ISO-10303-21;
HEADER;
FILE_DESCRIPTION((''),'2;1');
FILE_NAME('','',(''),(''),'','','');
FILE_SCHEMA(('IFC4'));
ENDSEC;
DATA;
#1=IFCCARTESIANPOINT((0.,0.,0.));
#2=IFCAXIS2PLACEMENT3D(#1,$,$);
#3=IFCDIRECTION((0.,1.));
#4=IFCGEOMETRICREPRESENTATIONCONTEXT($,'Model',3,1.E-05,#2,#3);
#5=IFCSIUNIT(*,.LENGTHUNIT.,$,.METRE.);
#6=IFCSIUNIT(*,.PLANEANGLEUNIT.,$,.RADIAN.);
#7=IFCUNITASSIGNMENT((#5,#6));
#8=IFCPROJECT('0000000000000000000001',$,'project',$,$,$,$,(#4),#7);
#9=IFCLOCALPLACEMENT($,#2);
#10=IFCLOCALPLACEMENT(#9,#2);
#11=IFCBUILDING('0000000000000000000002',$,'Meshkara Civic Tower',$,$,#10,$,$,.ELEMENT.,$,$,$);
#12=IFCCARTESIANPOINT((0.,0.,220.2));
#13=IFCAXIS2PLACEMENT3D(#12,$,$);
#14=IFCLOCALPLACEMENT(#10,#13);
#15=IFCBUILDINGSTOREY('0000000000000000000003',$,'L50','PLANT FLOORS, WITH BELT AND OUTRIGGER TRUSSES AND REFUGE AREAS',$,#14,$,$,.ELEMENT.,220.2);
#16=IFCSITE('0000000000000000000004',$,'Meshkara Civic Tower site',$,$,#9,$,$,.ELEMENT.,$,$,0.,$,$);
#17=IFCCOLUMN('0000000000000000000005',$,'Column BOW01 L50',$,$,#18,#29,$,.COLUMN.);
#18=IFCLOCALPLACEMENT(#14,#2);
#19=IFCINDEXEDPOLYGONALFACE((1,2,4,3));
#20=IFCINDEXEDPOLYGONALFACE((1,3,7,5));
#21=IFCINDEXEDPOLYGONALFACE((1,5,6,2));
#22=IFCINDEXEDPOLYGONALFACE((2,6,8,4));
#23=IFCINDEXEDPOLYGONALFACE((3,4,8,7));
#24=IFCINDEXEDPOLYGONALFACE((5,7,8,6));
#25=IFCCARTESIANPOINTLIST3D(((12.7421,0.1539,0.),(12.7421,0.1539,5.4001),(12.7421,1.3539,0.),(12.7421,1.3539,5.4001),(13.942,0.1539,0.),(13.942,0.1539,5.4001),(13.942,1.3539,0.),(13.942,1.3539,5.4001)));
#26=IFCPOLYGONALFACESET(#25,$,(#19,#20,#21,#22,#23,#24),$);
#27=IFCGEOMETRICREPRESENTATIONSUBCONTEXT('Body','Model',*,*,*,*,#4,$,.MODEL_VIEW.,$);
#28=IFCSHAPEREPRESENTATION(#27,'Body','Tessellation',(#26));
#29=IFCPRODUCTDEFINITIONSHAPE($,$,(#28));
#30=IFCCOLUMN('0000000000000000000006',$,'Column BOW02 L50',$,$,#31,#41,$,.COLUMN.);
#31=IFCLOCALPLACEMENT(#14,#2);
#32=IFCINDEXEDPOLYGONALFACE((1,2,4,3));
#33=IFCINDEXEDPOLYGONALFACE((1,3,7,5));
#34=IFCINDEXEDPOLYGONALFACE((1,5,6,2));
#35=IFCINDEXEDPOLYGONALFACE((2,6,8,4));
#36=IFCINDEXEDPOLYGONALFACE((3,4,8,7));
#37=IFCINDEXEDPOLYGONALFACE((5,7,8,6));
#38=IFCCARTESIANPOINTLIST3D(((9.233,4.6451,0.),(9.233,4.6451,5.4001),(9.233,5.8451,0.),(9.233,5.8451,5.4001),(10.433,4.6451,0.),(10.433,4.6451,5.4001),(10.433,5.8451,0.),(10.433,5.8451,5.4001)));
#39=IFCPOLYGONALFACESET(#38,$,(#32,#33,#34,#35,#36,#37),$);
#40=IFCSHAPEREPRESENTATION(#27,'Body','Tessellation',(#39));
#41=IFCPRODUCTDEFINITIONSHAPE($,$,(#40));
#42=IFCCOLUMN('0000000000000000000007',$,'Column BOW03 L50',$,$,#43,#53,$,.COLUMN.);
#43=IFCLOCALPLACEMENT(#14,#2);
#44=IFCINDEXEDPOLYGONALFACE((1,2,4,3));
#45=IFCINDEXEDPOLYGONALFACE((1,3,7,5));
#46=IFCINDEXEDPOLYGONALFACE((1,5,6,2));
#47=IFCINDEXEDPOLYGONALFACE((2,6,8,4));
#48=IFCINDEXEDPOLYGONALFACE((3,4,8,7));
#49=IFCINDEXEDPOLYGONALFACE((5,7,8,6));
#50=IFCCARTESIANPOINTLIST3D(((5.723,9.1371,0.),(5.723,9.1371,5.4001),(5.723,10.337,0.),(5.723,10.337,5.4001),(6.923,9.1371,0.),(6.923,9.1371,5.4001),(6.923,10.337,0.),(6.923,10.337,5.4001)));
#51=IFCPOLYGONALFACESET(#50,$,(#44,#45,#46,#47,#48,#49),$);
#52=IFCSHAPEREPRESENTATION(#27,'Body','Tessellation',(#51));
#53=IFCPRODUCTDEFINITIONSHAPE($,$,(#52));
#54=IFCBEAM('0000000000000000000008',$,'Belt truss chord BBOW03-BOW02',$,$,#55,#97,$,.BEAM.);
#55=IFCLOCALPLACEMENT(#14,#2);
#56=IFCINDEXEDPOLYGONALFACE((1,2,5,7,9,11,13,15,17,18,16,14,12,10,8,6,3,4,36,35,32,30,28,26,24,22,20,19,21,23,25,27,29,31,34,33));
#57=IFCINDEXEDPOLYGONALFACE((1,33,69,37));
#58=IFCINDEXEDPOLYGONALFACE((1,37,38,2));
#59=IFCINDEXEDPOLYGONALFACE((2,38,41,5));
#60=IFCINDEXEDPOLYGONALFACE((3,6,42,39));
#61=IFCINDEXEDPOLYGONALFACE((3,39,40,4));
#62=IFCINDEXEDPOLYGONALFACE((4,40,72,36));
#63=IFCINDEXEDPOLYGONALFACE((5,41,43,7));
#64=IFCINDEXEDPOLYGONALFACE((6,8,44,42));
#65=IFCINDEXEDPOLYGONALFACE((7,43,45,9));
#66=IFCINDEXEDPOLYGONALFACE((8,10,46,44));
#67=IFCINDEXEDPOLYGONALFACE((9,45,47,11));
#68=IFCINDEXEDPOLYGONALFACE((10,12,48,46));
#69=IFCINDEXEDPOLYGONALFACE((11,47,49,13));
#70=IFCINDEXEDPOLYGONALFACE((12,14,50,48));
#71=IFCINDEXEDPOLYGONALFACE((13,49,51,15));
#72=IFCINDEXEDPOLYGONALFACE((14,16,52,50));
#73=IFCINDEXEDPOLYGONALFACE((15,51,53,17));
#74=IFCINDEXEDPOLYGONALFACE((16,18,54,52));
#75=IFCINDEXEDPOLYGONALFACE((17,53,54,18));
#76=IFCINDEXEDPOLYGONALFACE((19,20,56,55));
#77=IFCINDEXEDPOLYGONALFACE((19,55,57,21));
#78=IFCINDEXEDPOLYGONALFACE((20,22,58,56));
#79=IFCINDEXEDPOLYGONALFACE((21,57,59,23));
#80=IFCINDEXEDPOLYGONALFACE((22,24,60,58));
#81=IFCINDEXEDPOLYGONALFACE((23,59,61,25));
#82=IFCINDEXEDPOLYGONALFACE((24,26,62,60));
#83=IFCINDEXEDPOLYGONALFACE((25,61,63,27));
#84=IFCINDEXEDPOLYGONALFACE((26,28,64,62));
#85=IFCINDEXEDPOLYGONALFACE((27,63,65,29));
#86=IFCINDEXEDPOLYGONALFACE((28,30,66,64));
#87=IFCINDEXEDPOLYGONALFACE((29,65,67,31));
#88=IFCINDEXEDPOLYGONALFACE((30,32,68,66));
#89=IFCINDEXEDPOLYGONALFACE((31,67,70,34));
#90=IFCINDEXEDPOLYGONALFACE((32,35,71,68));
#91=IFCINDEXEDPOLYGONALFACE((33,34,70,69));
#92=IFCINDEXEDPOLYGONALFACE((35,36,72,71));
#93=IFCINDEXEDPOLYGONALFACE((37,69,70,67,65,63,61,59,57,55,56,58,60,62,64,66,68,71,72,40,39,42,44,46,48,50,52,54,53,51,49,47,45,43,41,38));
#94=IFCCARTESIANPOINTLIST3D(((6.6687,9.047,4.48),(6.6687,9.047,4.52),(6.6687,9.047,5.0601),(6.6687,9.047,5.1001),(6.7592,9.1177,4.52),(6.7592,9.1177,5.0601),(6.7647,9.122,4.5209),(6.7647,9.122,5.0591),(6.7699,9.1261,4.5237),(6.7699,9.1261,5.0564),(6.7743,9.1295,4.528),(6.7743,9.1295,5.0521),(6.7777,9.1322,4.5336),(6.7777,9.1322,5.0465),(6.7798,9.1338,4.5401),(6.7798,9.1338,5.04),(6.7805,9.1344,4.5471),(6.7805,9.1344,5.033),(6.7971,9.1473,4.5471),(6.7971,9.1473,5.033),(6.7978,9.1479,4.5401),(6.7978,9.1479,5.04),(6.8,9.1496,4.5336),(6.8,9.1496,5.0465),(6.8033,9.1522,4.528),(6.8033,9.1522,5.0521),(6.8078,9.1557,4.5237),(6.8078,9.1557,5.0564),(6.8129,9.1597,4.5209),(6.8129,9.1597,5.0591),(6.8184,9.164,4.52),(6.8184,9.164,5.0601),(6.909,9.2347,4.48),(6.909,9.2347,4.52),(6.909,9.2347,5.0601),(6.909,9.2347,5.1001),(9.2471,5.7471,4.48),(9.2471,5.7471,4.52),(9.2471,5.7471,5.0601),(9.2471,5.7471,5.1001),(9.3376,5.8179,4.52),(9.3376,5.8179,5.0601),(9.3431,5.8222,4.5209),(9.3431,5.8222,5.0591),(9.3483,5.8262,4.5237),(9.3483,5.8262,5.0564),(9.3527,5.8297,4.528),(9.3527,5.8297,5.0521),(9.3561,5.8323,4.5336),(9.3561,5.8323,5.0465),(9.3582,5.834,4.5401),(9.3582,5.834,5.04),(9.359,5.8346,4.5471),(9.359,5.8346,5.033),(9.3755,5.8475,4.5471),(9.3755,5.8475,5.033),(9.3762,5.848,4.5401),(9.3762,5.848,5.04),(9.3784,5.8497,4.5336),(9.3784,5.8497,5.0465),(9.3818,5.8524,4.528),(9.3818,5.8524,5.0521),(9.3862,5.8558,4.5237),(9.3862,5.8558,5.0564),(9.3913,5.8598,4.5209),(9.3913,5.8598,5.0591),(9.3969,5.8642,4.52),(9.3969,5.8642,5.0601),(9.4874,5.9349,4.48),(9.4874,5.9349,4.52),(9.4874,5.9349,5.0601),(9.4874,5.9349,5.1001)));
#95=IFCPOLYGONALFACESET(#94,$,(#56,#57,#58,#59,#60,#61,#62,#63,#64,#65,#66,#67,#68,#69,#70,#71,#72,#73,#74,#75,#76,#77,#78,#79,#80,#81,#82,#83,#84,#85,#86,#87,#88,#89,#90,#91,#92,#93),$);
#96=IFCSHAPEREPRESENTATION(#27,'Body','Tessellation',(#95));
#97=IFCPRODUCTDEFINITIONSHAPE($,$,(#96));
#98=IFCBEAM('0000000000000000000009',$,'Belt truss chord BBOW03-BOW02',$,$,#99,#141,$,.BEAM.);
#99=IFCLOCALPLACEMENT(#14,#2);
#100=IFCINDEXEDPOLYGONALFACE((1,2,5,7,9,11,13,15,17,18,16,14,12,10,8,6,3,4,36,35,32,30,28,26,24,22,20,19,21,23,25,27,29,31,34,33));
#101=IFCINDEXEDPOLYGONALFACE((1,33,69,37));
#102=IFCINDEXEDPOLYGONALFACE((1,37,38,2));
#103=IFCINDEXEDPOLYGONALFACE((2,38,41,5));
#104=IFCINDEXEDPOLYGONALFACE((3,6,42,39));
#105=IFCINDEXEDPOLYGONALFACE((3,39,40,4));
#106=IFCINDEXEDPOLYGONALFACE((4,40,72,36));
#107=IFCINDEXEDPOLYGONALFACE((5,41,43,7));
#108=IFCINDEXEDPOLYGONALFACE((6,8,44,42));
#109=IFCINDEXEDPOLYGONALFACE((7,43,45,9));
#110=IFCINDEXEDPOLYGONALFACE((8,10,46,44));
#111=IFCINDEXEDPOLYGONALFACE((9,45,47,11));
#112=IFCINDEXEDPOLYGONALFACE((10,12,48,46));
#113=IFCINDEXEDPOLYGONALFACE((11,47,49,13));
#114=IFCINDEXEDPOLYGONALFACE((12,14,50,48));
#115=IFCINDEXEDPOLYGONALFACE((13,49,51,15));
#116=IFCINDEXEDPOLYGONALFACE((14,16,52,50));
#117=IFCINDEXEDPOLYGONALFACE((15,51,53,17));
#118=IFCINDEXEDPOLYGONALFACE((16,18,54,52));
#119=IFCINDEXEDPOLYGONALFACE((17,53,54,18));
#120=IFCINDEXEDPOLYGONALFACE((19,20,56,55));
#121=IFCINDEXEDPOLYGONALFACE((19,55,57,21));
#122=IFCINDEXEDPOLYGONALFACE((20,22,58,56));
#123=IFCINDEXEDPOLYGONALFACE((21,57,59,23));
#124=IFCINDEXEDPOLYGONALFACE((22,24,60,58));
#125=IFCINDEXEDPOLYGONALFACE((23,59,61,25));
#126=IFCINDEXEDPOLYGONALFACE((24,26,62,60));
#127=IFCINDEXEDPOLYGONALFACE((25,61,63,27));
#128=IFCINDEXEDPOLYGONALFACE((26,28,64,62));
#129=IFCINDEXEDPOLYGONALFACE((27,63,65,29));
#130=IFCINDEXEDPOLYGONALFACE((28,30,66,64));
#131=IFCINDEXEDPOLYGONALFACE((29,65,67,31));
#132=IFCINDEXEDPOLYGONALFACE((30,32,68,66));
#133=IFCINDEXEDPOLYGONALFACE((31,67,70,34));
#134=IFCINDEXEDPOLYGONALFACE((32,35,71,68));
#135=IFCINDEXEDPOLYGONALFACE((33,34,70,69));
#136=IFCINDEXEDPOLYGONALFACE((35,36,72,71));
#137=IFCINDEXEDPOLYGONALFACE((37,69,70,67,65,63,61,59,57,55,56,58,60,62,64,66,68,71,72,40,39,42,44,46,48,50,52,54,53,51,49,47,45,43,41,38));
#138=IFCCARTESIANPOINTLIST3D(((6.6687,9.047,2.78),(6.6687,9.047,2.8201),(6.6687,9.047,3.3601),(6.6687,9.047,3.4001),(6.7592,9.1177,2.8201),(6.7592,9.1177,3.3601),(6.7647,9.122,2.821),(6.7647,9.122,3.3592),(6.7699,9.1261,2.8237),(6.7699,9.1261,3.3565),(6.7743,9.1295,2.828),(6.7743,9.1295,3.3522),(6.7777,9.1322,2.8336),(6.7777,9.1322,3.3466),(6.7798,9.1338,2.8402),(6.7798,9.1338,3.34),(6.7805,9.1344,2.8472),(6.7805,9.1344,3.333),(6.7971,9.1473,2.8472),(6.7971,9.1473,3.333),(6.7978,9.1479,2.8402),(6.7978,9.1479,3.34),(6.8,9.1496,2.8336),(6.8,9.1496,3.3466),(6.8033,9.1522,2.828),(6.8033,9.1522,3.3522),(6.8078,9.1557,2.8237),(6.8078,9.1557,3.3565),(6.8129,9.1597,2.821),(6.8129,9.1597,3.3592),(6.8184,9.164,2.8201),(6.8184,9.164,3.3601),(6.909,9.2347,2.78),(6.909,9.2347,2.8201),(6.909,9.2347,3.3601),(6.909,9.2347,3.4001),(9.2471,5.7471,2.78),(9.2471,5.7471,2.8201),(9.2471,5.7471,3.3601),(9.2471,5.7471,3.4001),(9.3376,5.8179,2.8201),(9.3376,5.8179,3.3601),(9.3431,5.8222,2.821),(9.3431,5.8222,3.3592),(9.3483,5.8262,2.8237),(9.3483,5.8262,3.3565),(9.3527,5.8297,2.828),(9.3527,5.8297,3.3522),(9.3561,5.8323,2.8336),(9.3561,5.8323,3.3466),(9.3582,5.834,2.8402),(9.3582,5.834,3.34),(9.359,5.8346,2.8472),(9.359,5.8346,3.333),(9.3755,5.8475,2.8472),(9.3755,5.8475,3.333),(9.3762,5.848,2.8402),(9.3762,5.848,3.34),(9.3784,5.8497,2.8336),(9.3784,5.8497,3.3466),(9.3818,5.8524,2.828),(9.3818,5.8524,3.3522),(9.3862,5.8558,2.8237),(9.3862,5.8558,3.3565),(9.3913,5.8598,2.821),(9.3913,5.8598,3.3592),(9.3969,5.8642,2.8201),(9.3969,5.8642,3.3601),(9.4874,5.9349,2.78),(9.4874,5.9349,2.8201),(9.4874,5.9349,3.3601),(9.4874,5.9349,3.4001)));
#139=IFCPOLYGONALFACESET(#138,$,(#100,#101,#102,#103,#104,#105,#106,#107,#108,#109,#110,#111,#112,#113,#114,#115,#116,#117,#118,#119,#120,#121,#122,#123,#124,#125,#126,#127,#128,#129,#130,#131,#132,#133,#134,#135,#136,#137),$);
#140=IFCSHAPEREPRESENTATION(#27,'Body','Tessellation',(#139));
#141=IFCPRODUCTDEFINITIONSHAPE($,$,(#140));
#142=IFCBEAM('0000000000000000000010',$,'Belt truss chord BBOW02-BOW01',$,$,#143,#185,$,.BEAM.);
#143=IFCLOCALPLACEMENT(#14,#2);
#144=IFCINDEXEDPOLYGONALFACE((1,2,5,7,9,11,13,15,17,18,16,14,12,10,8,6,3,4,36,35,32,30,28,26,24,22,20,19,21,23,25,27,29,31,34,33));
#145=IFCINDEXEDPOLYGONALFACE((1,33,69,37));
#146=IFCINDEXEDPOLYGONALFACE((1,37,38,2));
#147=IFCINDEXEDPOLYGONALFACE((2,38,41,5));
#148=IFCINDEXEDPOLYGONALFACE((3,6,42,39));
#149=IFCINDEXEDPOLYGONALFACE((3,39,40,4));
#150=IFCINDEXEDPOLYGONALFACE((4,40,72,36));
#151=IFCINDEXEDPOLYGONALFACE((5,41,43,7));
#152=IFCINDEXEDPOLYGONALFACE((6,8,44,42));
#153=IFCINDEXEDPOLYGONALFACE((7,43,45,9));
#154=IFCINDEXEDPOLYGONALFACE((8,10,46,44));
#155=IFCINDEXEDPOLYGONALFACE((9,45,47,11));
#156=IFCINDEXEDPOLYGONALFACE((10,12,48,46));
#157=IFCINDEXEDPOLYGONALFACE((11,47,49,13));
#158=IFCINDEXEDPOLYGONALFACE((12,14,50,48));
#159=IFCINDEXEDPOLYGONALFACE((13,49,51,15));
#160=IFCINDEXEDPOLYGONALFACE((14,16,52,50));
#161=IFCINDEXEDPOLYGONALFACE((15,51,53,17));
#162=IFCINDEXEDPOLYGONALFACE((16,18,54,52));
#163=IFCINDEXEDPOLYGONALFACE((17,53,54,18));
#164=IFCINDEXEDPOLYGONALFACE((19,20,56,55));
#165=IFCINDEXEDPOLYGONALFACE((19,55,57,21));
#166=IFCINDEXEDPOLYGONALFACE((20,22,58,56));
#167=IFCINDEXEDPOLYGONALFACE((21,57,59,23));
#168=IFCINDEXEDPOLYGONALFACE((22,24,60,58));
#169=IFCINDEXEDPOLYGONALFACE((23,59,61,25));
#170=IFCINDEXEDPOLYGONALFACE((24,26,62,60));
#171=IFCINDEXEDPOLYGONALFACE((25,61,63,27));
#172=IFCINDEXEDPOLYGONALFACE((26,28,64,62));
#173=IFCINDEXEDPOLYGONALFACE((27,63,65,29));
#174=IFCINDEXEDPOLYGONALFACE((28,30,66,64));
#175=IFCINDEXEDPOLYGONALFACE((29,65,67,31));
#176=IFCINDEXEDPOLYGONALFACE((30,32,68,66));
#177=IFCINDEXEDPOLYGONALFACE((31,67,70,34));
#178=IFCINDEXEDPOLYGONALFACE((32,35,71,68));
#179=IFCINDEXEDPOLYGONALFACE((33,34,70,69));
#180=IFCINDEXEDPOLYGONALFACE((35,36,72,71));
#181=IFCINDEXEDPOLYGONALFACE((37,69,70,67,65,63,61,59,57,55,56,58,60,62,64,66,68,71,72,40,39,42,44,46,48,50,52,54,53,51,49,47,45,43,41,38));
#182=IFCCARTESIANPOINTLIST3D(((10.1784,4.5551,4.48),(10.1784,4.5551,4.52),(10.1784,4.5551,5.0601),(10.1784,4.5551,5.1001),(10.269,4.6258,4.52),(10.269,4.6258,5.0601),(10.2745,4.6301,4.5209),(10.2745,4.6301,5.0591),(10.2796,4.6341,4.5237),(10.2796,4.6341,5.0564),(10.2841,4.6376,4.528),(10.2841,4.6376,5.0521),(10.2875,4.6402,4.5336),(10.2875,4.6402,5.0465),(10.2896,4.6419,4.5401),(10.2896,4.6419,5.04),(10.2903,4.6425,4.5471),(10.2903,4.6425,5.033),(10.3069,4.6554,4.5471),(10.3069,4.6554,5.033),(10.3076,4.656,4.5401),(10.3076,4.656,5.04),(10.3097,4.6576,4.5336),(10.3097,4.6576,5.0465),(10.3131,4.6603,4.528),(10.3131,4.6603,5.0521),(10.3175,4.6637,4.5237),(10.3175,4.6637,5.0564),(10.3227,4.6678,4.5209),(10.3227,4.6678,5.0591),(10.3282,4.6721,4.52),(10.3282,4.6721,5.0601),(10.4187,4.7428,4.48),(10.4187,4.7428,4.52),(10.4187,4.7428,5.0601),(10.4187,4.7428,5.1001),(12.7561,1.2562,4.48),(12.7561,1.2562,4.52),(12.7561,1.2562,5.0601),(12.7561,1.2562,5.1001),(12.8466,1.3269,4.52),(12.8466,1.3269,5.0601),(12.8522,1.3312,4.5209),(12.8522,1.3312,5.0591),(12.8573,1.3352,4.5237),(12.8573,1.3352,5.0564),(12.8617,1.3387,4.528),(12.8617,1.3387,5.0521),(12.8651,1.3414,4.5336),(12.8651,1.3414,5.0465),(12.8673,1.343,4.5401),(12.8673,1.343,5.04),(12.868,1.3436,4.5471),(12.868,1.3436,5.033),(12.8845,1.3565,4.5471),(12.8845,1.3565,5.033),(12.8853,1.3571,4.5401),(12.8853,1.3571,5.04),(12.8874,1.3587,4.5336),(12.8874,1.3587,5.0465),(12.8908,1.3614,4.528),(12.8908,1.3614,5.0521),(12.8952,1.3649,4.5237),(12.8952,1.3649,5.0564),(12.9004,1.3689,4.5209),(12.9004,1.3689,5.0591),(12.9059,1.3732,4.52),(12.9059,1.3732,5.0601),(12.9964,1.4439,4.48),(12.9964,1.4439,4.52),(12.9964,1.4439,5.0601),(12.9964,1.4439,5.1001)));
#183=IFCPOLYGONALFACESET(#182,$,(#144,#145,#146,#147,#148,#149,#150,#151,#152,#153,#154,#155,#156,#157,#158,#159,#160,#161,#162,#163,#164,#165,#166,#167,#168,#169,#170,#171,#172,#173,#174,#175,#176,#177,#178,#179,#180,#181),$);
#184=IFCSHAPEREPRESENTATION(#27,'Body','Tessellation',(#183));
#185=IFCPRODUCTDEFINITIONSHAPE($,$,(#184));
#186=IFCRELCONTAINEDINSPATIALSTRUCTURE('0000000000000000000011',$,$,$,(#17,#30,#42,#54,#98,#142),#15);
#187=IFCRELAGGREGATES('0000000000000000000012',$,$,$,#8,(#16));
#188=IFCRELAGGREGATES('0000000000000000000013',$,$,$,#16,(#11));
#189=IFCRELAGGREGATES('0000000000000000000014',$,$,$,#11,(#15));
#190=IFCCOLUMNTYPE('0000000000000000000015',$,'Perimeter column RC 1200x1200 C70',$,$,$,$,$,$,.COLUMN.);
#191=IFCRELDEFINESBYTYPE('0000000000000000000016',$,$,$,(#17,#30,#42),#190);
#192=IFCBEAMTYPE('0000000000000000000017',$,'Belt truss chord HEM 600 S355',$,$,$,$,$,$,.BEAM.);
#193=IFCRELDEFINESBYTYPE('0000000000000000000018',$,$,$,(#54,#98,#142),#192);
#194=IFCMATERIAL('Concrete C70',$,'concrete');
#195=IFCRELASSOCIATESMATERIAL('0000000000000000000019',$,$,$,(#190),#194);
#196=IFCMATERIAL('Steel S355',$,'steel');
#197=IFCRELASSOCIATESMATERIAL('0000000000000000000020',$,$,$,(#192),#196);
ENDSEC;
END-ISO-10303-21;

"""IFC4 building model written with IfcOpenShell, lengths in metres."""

from ifc_helpers import new_model, si_unit, direction, frame, origin, origin_2d, place, context, subcontext, project, spatial, rectangle, i_section, extrude, material, material_profile, profile_set, type_object, element, save


model = new_model("IFC4")

# Units and contexts
model_context = context("Model", 3, precision=1e-05, world=origin(), true_north=direction((0.0, 1.0)))
body_context = subcontext(model_context, "Body", "Model", "MODEL_VIEW")
ifc_project = project(units=[si_unit("LENGTHUNIT", "METRE"), si_unit("PLANEANGLEUNIT", "RADIAN")], contexts=[model_context])

# Site, building, storey
site_placement = place(None, origin())
site = spatial("IfcSite", under=ifc_project, at=site_placement, Name="Meshkara Civic Tower site", CompositionType="ELEMENT", RefElevation=0.0)
building_placement = place(site_placement, origin())
building = spatial("IfcBuilding", under=site, at=building_placement, Name="Meshkara Civic Tower", CompositionType="ELEMENT")
storey_placement = place(building_placement, frame((0.0, 0.0, 220.2)))
storey = spatial("IfcBuildingStorey", under=building, at=storey_placement, Name="L50", Description="PLANT FLOORS, WITH BELT AND OUTRIGGER TRUSSES AND REFUGE AREAS", CompositionType="ELEMENT", Elevation=220.2)

# Columns
ifc_material_1 = material(Name="Concrete C70", Category="concrete")
ifc_material_profile_1 = material_profile(ifc_material_1, rectangle(XDim=1.2, YDim=1.2, at=origin_2d()))
ifc_profile_set_1 = profile_set([ifc_material_profile_1], Name="Concrete C70")
column_type = type_object("IfcColumnType", Name="Perimeter column RC 1200x1200 C70", PredefinedType="COLUMN", material=ifc_profile_set_1)
for number, where, z_axis, x_axis, name in (
    (1, (13.342, 0.7539, 0.0), (0.0, 0.0, 1.0), (1.0, 0.0, 0.0), "Column BOW01 L50"),
    (2, (9.833, 5.2451, 0.0), (0.0, 0.0, 1.0), (1.0, 0.0, 0.0), "Column BOW02 L50"),
    (3, (6.323, 9.7371, 0.0), (0.0, 0.0, 1.0), (1.0, 0.0, 0.0), "Column BOW03 L50"),
):
    element("IfcColumn", number, at=place(storey_placement, frame(where, z_axis=z_axis, x_axis=x_axis)), inside=storey, type_object=column_type, Name=name, PredefinedType="COLUMN", context=body_context, shape_type="SweptSolid", body=[
        extrude(rectangle(XDim=1.2, YDim=1.2, at=origin_2d()), origin(), (0.0, 0.0, 1.0), 5.4001),
    ])

# Beams
ifc_material_2 = material(Name="Steel S355", Category="steel")
ifc_material_profile_2 = material_profile(ifc_material_2, i_section(OverallWidth=0.3049, OverallDepth=0.6201, WebThickness=0.021, FlangeThickness=0.04, FilletRadius=0.0271, at=origin_2d()))
ifc_profile_set_2 = profile_set([ifc_material_profile_2], Name="Steel S355")
beam_type = type_object("IfcBeamType", Name="Belt truss chord HEM 600 S355", PredefinedType="BEAM", material=ifc_profile_set_2)
for number, where, z_axis, x_axis, name in (
    (4, (6.7888, 9.1409, 4.79), (0.615703, -0.787978, 0.0), (0.787978, 0.615703, 0.0), "Belt truss chord BBOW03-BOW02"),
    (5, (6.7888, 9.1409, 3.0901), (0.615703, -0.787978, 0.0), (0.787978, 0.615703, 0.0), "Belt truss chord BBOW03-BOW02"),
):
    element("IfcBeam", number, at=place(storey_placement, frame(where, z_axis=z_axis, x_axis=x_axis)), inside=storey, type_object=beam_type, Name=name, PredefinedType="BEAM", context=body_context, shape_type="SweptSolid", body=[
        extrude(i_section(OverallWidth=0.3049, OverallDepth=0.6201, WebThickness=0.021, FlangeThickness=0.04, FilletRadius=0.0271, at=origin_2d()), origin(), (0.0, 0.0, 1.0), 4.1877),
    ])
for number, where, z_axis, x_axis, name in (
    (6, (10.2986, 4.6489, 4.79), (0.615707, -0.787975, 0.0), (0.787975, 0.615707, 0.0), "Belt truss chord BBOW02-BOW01"),
):
    element("IfcBeam", number, at=place(storey_placement, frame(where, z_axis=z_axis, x_axis=x_axis)), inside=storey, type_object=beam_type, Name=name, PredefinedType="BEAM", context=body_context, shape_type="SweptSolid", body=[
        extrude(i_section(OverallWidth=0.3049, OverallDepth=0.6201, WebThickness=0.021, FlangeThickness=0.04, FilletRadius=0.0271, at=origin_2d()), origin(), (0.0, 0.0, 1.0), 4.1865),
    ])

save(model, "model.ifc")
